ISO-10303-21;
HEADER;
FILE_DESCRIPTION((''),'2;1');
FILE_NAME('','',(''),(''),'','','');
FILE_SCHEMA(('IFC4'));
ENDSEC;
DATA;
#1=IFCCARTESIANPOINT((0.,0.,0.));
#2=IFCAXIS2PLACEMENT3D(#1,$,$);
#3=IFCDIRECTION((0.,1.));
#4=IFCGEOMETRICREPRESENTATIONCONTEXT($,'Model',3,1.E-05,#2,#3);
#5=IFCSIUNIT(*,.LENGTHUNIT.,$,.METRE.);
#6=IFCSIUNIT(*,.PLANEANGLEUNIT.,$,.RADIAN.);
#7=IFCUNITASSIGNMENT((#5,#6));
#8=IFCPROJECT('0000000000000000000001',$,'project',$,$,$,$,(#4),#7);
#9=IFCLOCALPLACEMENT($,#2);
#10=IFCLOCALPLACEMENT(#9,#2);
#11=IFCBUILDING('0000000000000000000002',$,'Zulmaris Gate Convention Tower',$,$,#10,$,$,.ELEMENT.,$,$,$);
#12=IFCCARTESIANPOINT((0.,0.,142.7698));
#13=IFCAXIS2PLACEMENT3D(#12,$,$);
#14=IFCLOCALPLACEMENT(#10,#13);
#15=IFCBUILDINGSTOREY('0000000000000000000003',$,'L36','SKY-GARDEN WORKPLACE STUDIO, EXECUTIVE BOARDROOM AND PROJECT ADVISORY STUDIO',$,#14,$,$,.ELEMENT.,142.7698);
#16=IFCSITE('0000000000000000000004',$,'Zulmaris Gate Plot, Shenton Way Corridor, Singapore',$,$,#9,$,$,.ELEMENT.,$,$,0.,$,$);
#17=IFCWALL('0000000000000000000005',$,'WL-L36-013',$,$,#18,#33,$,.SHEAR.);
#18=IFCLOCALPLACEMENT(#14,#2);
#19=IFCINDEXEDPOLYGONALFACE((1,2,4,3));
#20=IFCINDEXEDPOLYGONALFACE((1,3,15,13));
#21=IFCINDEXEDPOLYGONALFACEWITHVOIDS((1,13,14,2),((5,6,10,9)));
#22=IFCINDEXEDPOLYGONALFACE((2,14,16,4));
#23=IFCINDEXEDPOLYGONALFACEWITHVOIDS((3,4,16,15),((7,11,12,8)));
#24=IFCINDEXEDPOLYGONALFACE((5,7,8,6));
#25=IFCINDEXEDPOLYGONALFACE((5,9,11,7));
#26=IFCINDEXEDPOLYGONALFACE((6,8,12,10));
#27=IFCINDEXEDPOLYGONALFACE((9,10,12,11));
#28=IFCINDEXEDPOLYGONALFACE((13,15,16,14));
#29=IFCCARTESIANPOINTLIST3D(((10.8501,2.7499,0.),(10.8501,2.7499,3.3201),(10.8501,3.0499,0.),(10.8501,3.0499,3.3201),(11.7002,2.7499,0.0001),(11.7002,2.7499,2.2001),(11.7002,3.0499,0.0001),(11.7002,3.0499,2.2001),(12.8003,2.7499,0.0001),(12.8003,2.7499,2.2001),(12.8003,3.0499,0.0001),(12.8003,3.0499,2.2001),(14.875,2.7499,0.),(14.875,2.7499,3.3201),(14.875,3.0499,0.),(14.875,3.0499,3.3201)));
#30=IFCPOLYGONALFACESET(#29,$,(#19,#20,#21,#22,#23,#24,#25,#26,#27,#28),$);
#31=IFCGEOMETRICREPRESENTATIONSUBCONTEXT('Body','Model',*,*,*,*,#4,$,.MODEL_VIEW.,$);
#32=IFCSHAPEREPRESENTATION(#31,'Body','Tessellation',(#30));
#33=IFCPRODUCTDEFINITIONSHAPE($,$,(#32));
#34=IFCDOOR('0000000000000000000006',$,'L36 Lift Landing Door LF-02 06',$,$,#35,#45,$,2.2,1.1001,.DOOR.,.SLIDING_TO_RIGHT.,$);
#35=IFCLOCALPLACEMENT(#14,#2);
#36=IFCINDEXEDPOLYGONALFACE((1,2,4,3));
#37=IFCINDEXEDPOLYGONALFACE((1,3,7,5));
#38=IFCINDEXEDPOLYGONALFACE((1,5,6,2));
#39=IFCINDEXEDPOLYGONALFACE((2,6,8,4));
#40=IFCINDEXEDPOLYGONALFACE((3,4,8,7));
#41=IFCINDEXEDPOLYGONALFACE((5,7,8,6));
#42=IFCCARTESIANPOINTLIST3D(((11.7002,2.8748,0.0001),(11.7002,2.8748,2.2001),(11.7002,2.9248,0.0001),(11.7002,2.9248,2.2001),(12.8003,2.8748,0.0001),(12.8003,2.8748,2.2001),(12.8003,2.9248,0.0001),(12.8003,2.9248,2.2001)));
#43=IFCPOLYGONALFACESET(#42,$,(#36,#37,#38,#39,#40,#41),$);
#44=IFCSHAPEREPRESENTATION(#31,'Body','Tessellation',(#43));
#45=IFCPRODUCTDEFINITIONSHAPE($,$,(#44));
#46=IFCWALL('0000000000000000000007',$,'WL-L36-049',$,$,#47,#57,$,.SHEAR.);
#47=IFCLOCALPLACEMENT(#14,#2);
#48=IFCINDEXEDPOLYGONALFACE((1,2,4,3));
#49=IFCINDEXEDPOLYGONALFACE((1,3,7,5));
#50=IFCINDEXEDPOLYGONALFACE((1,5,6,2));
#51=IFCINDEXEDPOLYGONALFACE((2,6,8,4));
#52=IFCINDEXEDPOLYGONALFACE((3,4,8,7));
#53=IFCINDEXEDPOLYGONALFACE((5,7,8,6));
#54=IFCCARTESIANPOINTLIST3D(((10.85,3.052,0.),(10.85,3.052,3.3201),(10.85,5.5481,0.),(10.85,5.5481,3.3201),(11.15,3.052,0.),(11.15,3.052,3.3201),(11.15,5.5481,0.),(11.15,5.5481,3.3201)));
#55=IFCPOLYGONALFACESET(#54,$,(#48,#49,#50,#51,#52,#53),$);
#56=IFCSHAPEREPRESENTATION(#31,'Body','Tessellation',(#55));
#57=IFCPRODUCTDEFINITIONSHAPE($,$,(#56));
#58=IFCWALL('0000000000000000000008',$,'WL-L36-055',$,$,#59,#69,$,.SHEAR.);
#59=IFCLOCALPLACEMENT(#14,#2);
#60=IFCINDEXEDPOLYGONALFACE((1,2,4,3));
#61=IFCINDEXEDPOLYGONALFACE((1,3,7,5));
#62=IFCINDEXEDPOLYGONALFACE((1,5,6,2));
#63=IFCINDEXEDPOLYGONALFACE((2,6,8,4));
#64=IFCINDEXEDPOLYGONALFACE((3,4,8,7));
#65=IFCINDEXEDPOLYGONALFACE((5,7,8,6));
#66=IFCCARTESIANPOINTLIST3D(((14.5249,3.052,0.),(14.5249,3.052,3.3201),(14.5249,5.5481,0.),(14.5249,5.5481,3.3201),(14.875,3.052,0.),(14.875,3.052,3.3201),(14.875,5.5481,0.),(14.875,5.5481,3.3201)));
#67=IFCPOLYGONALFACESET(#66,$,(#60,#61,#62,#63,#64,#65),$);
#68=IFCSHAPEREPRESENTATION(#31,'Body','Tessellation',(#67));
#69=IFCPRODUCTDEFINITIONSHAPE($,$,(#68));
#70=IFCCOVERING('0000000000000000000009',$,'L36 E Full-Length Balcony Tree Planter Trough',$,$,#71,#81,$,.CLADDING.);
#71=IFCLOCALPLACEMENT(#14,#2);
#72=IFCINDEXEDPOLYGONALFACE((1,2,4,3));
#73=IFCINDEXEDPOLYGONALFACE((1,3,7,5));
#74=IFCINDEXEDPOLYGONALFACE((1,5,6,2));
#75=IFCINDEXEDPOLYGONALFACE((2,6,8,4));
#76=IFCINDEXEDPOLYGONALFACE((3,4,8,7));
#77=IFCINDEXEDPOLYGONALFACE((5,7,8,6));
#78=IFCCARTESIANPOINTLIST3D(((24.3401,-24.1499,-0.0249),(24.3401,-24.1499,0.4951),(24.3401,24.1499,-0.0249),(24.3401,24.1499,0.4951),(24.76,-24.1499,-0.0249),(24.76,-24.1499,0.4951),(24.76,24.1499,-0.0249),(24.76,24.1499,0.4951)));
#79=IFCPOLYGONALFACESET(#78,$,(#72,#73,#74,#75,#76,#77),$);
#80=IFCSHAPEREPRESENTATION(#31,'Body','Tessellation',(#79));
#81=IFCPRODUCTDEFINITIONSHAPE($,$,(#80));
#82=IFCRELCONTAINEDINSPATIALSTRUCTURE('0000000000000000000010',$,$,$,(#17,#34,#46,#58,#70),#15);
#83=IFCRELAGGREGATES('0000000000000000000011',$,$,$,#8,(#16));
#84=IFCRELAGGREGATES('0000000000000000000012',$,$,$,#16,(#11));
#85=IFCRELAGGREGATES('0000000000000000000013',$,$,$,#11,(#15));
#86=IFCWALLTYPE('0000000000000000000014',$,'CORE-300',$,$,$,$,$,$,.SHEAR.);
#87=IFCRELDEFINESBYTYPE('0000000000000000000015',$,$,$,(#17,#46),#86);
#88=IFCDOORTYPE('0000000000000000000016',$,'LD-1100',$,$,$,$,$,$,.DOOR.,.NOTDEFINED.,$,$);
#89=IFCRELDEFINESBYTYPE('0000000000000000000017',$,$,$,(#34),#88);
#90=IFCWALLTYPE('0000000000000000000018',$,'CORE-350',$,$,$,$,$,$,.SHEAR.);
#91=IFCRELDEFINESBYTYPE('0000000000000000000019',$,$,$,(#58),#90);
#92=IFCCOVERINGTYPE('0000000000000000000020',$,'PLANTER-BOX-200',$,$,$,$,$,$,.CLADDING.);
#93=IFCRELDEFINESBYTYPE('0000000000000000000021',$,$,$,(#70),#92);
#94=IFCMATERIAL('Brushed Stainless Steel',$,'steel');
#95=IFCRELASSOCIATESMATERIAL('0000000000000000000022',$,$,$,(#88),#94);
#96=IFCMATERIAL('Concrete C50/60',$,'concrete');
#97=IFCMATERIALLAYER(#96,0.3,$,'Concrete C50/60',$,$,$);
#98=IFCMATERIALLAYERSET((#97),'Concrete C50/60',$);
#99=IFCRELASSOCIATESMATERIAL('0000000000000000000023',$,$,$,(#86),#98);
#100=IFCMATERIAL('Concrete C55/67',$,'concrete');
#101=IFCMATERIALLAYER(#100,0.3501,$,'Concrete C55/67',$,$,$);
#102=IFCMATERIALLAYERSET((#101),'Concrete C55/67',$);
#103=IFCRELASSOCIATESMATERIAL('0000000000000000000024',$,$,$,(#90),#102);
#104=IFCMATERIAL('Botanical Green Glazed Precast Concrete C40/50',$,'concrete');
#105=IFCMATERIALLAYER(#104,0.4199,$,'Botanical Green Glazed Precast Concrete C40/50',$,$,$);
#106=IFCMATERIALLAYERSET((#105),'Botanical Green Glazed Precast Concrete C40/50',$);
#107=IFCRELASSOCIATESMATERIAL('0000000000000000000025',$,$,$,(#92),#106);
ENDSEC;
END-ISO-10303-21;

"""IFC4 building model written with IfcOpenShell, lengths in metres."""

from ifc_helpers import new_model, si_unit, direction, frame, frame_2d, origin, place, context, subcontext, project, spatial, polyline, rectangle, outline, extrude, material, layer, layer_set, type_object, element, fill, save


model = new_model("IFC4")

# Units and contexts
model_context = context("Model", 3, precision=1e-05, world=origin(), true_north=direction((0.0, 1.0)))
body_context = subcontext(model_context, "Body", "Model", "MODEL_VIEW")
ifc_project = project(units=[si_unit("LENGTHUNIT", "METRE"), si_unit("PLANEANGLEUNIT", "RADIAN")], contexts=[model_context])

# Site, building, storey
site_placement = place(None, origin())
site = spatial("IfcSite", under=ifc_project, at=site_placement, Name="Zulmaris Gate Plot, Shenton Way Corridor, Singapore", CompositionType="ELEMENT", RefElevation=0.0)
building_placement = place(site_placement, origin())
building = spatial("IfcBuilding", under=site, at=building_placement, Name="Zulmaris Gate Convention Tower", CompositionType="ELEMENT")
storey_placement = place(building_placement, frame((0.0, 0.0, 142.7698)))
storey = spatial("IfcBuildingStorey", under=building, at=storey_placement, Name="L36", Description="SKY-GARDEN WORKPLACE STUDIO, EXECUTIVE BOARDROOM AND PROJECT ADVISORY STUDIO", CompositionType="ELEMENT", Elevation=142.7698)

# Shared definitions
ifc_material_1 = material(Name="Concrete C50/60", Category="concrete")

# Wall, opening, door
ifc_material_2 = material(Name="Brushed Stainless Steel", Category="steel")
door_type_1 = type_object("IfcDoorType", Name="LD-1100", OperationType="NOTDEFINED", PredefinedType="DOOR", material=ifc_material_2)
ifc_layer_1 = layer(ifc_material_1, 0.3, Name="Concrete C50/60")
ifc_layer_set_1 = layer_set([ifc_layer_1], Name="Concrete C50/60")
wall_type_1 = type_object("IfcWallType", Name="CORE-300", PredefinedType="SHEAR", material=ifc_layer_set_1)
wall_1_placement = place(storey_placement, frame((10.8501, 2.8999, 0.0), z_axis=(0.0, 0.0, 1.0), x_axis=(1.0, 0.0, 0.0)))
wall_1 = element("IfcWall", 1, at=wall_1_placement, inside=storey, type_object=wall_type_1, Name="WL-L36-013", PredefinedType="SHEAR", context=body_context, shape_type="SweptSolid", body=[
    extrude(rectangle(XDim=4.0249, YDim=0.3, at=frame_2d((2.0125, 0.0))), origin(), (0.0, 0.0, 1.0), 3.3201),
])
opening_1_placement = place(wall_1_placement, frame((0.8501, 0.0, 0.0)))
opening_1 = element("IfcOpeningElement", 2, at=opening_1_placement, cuts=wall_1, PredefinedType="OPENING", context=body_context, shape_type="SweptSolid", body=[
    extrude(rectangle(XDim=1.1001, YDim=2.2, at=frame_2d((0.55, 1.1001))), frame((0.0, 0.1602, 0.0), z_axis=(0.0, -1.0, 0.0), x_axis=(1.0, 0.0, 0.0)), (0.0, 0.0, 1.0), 0.3201),
])
door_1_placement = place(opening_1_placement, origin())
door_1 = element("IfcDoor", 3, at=door_1_placement, inside=storey, type_object=door_type_1, Name="L36 Lift Landing Door LF-02 06", OperationType="SLIDING_TO_RIGHT", OverallHeight=2.2, OverallWidth=1.1001, PredefinedType="DOOR", context=body_context, shape_type="SweptSolid", body=[
    extrude(rectangle(XDim=1.1001, YDim=2.2, at=frame_2d((0.55, 1.1001))), frame((0.0, 0.0249, 0.0), z_axis=(0.0, -1.0, 0.0), x_axis=(1.0, 0.0, 0.0)), (0.0, 0.0, 1.0), 0.05),
])
fill(opening_1, door_1)

# Walls
wall_2_placement = place(storey_placement, frame((11.0, 3.052, 0.0), z_axis=(0.0, 0.0, 1.0), x_axis=(0.0, 1.0, 0.0)))
element("IfcWall", 4, at=wall_2_placement, inside=storey, type_object=wall_type_1, Name="WL-L36-049", PredefinedType="SHEAR", context=body_context, shape_type="SweptSolid", body=[
    extrude(rectangle(XDim=2.4961, YDim=0.3, at=frame_2d((1.248, 0.0))), origin(), (0.0, 0.0, 1.0), 3.3201),
])
ifc_material_3 = material(Name="Concrete C55/67", Category="concrete")
ifc_layer_2 = layer(ifc_material_3, 0.3501, Name="Concrete C55/67")
ifc_layer_set_2 = layer_set([ifc_layer_2], Name="Concrete C55/67")
wall_type_2 = type_object("IfcWallType", Name="CORE-350", PredefinedType="SHEAR", material=ifc_layer_set_2)
wall_3_placement = place(storey_placement, frame((14.7, 3.052, 0.0), z_axis=(0.0, 0.0, 1.0), x_axis=(0.0, 1.0, 0.0)))
element("IfcWall", 5, at=wall_3_placement, inside=storey, type_object=wall_type_2, Name="WL-L36-055", PredefinedType="SHEAR", context=body_context, shape_type="SweptSolid", body=[
    extrude(rectangle(XDim=2.4961, YDim=0.3501, at=frame_2d((1.248, 0.0))), origin(), (0.0, 0.0, 1.0), 3.3201),
])

# Covering
ifc_material_4 = material(Name="Botanical Green Glazed Precast Concrete C40/50", Category="concrete")
ifc_layer_3 = layer(ifc_material_4, 0.4199, Name="Botanical Green Glazed Precast Concrete C40/50")
ifc_layer_set_3 = layer_set([ifc_layer_3], Name="Botanical Green Glazed Precast Concrete C40/50")
covering_type = type_object("IfcCoveringType", Name="PLANTER-BOX-200", PredefinedType="CLADDING", material=ifc_layer_set_3)
covering_placement = place(storey_placement, frame((0.0, 0.0, -0.0249)))
element("IfcCovering", 6, at=covering_placement, inside=storey, type_object=covering_type, Name="L36 E Full-Length Balcony Tree Planter Trough", PredefinedType="CLADDING", context=body_context, shape_type="SweptSolid", body=[
    extrude(outline(polyline([(24.3401, -24.1499), (24.76, -24.1499), (24.76, 24.1499), (24.3401, 24.1499), (24.3401, -24.1499)])), origin(), (0.0, 0.0, 1.0), 0.52),
])

save(model, "model.ifc")
